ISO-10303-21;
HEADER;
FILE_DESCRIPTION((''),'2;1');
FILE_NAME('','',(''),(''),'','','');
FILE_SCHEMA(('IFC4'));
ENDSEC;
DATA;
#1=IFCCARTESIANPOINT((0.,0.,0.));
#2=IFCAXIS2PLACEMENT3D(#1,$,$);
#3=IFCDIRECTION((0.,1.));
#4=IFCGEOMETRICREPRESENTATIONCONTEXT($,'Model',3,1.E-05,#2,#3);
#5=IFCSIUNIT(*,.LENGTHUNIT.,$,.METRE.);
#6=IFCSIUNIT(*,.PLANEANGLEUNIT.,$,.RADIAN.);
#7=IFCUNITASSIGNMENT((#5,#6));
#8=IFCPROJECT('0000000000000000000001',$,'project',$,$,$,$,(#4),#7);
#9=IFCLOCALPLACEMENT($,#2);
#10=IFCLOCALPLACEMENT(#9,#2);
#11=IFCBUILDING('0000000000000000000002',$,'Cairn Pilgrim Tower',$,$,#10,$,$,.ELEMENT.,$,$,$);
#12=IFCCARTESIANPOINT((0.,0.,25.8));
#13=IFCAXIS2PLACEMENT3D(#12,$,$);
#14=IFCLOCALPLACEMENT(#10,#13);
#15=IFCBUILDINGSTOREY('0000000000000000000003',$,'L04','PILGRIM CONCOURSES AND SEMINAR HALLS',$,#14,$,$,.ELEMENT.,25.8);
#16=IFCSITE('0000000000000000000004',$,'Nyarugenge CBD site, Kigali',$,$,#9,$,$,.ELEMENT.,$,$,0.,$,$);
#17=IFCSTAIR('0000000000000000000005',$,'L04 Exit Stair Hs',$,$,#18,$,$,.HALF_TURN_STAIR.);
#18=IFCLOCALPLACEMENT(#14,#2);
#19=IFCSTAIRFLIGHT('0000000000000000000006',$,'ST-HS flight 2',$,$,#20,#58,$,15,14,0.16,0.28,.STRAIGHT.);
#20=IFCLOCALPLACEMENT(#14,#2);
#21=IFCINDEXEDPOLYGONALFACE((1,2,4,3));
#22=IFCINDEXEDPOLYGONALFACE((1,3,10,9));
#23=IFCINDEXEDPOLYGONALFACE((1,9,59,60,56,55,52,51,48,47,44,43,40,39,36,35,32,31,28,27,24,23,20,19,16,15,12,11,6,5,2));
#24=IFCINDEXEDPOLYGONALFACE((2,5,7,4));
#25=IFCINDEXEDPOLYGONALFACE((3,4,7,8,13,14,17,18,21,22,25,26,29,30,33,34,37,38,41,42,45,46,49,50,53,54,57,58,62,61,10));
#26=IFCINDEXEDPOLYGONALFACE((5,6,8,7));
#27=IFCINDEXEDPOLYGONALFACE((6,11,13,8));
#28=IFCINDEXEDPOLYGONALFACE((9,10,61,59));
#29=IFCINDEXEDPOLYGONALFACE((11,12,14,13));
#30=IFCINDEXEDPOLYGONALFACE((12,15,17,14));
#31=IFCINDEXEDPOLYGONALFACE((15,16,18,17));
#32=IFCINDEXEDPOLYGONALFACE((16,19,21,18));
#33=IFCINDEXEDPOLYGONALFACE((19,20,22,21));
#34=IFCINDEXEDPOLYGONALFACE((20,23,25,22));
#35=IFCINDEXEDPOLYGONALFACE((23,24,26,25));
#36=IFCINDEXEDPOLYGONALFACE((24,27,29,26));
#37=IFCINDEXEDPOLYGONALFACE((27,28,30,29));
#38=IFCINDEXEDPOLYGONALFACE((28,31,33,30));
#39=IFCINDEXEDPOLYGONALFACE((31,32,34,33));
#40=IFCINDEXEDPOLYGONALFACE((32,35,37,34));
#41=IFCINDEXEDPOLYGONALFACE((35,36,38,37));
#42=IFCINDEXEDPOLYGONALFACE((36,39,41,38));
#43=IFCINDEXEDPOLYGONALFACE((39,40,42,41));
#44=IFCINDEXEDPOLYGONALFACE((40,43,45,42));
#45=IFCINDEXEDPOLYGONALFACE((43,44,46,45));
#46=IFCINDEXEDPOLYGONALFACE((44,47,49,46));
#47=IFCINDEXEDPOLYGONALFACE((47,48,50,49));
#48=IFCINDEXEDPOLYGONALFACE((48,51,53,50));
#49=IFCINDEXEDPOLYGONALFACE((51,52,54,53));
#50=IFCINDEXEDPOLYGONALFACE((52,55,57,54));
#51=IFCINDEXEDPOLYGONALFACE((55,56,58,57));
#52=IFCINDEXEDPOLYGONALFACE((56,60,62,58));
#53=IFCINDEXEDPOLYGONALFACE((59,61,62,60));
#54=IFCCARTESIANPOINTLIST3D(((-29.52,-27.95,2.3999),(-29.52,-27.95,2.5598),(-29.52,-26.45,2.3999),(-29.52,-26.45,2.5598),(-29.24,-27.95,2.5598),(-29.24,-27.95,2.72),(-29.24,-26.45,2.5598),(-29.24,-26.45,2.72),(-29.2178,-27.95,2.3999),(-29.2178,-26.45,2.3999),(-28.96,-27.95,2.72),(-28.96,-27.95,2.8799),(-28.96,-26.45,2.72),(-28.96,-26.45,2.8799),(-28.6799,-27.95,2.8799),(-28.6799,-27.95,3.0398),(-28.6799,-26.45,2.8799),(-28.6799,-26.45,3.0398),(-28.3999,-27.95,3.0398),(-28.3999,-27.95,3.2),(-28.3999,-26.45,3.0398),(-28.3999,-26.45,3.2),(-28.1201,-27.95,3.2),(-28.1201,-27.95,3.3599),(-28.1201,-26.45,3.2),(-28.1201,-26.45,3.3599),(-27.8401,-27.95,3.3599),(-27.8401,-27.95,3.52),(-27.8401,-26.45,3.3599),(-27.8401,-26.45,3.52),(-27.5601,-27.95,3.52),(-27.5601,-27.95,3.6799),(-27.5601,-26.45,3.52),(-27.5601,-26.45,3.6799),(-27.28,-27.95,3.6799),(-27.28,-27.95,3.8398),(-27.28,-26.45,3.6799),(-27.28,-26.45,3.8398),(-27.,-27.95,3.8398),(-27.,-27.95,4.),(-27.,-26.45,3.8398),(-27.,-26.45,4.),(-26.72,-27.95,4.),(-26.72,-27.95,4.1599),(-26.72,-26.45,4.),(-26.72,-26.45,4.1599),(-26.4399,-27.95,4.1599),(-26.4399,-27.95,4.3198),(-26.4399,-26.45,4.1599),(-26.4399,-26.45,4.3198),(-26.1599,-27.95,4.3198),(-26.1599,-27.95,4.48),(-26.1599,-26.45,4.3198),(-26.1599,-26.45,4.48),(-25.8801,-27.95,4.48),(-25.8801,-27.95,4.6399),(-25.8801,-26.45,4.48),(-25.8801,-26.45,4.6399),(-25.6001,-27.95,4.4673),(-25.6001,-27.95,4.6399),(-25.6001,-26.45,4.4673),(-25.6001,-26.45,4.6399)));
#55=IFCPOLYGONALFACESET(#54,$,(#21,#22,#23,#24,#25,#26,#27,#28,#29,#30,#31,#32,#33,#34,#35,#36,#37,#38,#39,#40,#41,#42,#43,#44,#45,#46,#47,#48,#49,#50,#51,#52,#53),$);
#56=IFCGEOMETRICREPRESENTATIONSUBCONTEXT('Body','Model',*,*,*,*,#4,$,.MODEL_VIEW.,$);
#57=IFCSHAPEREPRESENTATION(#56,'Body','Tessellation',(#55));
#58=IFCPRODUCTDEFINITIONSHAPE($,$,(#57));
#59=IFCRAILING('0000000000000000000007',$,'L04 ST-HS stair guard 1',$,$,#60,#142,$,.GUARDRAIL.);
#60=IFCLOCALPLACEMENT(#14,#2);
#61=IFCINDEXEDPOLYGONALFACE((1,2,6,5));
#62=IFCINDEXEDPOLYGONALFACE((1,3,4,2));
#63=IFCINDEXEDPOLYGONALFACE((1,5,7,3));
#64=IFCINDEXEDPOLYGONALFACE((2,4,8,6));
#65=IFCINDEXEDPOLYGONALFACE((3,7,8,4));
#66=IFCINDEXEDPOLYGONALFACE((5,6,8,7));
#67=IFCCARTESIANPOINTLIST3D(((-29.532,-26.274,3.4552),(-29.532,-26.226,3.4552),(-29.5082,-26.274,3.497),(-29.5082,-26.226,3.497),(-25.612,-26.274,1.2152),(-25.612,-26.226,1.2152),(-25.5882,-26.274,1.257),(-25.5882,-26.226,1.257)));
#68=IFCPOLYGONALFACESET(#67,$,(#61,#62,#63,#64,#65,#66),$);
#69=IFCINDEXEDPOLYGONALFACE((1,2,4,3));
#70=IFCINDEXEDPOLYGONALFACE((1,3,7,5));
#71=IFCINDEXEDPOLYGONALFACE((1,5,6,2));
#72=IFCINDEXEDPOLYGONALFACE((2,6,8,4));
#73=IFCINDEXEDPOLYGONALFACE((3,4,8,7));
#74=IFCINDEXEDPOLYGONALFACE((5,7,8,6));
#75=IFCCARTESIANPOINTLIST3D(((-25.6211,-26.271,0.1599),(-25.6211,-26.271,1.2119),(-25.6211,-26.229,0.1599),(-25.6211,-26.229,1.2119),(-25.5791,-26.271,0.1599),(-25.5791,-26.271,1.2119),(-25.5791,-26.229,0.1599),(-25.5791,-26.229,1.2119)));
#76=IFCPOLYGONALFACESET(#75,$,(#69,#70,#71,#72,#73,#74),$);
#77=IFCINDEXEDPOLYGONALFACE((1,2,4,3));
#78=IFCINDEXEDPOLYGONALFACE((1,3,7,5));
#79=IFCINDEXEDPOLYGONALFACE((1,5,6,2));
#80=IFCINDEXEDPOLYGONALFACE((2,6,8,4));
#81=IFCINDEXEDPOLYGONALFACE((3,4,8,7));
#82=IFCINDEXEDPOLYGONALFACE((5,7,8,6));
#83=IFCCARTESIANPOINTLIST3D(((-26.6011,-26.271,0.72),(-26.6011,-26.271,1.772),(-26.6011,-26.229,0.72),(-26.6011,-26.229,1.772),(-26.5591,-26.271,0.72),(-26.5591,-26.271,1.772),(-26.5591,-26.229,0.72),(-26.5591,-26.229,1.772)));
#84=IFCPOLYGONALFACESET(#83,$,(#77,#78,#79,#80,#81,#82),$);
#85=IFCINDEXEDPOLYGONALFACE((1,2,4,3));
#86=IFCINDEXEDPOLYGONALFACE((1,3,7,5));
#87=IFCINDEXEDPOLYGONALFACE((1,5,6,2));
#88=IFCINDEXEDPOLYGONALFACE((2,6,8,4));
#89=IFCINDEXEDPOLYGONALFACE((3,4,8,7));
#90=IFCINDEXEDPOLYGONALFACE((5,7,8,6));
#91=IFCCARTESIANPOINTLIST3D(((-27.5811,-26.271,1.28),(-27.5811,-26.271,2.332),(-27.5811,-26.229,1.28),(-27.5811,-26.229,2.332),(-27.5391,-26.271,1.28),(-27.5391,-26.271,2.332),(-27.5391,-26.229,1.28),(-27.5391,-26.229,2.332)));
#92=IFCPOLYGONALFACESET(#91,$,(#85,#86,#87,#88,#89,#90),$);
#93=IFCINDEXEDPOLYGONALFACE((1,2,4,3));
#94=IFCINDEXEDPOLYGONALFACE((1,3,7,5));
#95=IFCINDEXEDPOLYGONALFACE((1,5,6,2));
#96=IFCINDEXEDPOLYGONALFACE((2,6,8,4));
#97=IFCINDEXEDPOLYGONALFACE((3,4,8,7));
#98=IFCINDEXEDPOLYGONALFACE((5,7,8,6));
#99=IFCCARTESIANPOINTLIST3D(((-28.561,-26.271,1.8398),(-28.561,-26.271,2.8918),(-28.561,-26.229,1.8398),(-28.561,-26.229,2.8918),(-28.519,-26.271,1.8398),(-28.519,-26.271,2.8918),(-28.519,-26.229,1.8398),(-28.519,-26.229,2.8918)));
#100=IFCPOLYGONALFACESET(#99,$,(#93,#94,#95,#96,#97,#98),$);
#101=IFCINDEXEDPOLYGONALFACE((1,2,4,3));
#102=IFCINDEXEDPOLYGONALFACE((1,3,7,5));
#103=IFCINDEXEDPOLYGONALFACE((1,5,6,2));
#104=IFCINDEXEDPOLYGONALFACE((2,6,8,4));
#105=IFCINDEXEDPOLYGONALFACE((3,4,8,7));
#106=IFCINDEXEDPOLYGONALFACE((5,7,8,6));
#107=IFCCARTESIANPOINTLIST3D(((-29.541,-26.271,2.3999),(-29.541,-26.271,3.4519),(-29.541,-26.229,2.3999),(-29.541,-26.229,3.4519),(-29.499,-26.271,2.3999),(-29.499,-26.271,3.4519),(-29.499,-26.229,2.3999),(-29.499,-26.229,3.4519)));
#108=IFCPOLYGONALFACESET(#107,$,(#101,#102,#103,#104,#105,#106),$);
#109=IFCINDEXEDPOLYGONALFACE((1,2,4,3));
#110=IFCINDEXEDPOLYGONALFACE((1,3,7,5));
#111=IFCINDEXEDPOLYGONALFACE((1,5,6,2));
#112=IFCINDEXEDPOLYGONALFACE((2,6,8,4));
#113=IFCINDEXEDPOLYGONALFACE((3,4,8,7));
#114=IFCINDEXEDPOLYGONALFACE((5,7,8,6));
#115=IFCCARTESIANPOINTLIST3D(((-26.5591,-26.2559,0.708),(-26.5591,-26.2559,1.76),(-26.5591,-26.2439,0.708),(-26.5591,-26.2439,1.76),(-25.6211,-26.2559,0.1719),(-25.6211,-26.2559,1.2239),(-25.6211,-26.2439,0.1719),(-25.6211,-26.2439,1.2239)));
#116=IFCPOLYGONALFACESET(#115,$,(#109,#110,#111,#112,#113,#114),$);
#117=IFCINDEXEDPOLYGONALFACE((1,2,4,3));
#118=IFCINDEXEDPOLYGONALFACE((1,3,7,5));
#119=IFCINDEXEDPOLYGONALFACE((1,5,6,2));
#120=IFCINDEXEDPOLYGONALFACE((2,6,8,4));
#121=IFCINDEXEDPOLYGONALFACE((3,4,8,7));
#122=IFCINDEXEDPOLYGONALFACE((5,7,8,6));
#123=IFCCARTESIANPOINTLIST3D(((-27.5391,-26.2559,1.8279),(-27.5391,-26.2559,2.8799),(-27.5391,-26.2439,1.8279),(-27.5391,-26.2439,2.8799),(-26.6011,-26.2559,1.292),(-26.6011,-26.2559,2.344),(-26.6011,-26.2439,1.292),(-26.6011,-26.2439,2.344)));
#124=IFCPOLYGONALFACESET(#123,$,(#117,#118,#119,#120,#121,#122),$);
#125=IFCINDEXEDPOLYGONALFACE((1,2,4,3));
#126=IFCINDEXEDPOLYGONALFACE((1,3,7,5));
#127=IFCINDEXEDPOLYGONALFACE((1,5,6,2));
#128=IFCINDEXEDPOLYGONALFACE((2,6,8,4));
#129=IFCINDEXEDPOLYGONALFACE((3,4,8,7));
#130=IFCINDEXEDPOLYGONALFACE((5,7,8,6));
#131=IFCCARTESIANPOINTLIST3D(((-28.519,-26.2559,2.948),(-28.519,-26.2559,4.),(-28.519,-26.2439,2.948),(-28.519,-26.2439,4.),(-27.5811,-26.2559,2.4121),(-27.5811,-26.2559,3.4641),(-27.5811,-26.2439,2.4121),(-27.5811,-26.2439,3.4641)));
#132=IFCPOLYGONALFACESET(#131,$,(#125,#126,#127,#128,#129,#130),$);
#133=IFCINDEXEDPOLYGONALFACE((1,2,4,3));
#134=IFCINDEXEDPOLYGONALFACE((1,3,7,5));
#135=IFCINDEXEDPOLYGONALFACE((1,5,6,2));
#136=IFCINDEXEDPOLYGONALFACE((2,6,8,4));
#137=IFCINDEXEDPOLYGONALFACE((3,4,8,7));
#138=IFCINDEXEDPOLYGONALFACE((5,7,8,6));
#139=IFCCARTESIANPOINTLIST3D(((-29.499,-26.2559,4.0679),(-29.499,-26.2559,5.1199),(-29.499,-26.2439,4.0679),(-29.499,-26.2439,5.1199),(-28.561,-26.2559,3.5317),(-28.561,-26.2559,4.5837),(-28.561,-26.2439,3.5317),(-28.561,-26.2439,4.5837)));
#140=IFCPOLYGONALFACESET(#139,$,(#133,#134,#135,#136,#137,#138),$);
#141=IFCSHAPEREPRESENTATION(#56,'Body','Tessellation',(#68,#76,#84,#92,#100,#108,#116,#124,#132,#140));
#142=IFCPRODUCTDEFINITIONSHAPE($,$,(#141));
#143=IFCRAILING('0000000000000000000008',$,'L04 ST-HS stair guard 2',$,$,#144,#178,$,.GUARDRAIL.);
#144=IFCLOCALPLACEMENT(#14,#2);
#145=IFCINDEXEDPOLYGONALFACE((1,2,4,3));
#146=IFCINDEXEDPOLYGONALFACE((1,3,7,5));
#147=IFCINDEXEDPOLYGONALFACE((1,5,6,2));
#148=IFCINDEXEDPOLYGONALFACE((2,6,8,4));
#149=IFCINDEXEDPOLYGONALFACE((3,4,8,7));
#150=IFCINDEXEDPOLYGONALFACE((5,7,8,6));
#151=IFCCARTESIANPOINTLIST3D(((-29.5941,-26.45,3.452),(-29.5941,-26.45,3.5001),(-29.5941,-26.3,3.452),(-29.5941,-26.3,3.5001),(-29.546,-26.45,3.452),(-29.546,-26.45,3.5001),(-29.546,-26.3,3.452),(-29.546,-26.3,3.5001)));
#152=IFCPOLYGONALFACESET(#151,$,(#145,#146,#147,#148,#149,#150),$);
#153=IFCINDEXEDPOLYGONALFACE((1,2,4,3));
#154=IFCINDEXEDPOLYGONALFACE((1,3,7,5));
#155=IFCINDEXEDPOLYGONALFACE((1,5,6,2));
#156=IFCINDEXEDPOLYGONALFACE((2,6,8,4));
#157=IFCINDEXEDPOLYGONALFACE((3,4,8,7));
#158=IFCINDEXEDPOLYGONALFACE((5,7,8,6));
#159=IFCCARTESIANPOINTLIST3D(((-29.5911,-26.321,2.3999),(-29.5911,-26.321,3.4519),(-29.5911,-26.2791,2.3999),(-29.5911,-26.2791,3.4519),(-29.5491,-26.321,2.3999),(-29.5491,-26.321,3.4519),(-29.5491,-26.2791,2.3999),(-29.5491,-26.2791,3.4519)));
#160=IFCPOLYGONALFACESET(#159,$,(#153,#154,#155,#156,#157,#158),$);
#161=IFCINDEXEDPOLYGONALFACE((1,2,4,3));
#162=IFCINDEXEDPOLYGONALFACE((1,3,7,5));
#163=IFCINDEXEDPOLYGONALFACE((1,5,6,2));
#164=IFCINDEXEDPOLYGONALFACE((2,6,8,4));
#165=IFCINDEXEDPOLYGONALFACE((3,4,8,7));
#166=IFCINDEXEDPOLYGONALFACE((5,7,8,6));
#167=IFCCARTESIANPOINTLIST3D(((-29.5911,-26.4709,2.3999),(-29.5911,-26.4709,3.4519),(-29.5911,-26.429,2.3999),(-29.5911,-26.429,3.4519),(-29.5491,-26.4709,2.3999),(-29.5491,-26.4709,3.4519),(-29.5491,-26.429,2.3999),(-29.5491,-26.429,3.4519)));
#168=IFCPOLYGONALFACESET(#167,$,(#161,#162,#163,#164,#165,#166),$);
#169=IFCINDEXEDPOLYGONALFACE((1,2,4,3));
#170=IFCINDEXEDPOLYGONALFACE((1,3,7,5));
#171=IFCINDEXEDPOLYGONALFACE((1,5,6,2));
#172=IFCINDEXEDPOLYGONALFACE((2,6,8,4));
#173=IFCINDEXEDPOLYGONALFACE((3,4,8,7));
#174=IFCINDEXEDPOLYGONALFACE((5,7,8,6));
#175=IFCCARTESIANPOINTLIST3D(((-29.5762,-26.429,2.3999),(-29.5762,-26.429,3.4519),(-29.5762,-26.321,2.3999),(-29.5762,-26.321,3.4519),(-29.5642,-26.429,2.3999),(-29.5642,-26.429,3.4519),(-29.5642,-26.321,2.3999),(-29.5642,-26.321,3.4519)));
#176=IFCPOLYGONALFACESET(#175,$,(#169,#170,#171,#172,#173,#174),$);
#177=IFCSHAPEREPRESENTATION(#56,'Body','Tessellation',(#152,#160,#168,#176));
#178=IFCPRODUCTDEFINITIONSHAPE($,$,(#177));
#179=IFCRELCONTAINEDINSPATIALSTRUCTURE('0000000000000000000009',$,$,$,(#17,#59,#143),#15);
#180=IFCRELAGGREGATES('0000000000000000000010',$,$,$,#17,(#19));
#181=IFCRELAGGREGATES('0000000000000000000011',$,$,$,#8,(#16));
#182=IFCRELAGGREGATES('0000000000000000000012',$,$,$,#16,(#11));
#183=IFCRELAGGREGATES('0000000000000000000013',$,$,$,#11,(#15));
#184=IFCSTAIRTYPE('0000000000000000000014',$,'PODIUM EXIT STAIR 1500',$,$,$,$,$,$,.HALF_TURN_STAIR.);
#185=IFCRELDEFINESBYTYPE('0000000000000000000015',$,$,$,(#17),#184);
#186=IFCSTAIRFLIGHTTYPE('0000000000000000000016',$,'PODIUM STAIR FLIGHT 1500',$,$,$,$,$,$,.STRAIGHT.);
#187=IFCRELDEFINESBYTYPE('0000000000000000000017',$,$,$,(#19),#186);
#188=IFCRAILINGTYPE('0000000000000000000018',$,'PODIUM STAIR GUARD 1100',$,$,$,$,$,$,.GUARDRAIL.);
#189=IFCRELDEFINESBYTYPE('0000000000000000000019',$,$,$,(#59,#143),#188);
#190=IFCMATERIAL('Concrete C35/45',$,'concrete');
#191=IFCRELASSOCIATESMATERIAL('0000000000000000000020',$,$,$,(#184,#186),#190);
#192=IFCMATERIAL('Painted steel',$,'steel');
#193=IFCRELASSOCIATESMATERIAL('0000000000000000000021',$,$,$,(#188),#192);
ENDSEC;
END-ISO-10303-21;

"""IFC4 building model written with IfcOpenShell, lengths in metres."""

from ifc_helpers import new_model, si_unit, direction, frame, origin, origin_2d, place, context, subcontext, project, spatial, polyline, rectangle, outline, extrude, material, type_object, element, aggregate, save


model = new_model("IFC4")

# Units and contexts
model_context = context("Model", 3, precision=1e-05, world=origin(), true_north=direction((0.0, 1.0)))
body_context = subcontext(model_context, "Body", "Model", "MODEL_VIEW")
ifc_project = project(units=[si_unit("LENGTHUNIT", "METRE"), si_unit("PLANEANGLEUNIT", "RADIAN")], contexts=[model_context])

# Site, building, storey
site_placement = place(None, origin())
site = spatial("IfcSite", under=ifc_project, at=site_placement, Name="Nyarugenge CBD site, Kigali", CompositionType="ELEMENT", RefElevation=0.0)
building_placement = place(site_placement, origin())
building = spatial("IfcBuilding", under=site, at=building_placement, Name="Cairn Pilgrim Tower", CompositionType="ELEMENT")
storey_placement = place(building_placement, frame((0.0, 0.0, 25.8)))
storey = spatial("IfcBuildingStorey", under=building, at=storey_placement, Name="L04", Description="PILGRIM CONCOURSES AND SEMINAR HALLS", CompositionType="ELEMENT", Elevation=25.8)

# Shared definitions
ifc_material_1 = material(Name="Concrete C35/45", Category="concrete")

# Stair, stair flight
stair_type = type_object("IfcStairType", Name="PODIUM EXIT STAIR 1500", PredefinedType="HALF_TURN_STAIR", material=ifc_material_1)
stair_placement = place(storey_placement, origin())
stair = element("IfcStair", 1, at=stair_placement, inside=storey, type_object=stair_type, Name="L04 Exit Stair Hs", PredefinedType="HALF_TURN_STAIR")
stair_flight_type = type_object("IfcStairFlightType", Name="PODIUM STAIR FLIGHT 1500", PredefinedType="STRAIGHT", material=ifc_material_1)
stair_flight_1_placement = place(storey_placement, frame((-29.52, -27.2, 2.3999), z_axis=(0.0, 0.0, 1.0), x_axis=(1.0, 0.0, 0.0)))
stair_flight_1 = element("IfcStairFlight", 2, at=stair_flight_1_placement, type_object=stair_flight_type, Name="ST-HS flight 2", NumberOfRisers=15, NumberOfTreads=14, PredefinedType="STRAIGHT", RiserHeight=0.16, TreadLength=0.28, context=body_context, shape_type="SweptSolid", body=[
    extrude(outline(polyline([(0.0, 0.0), (0.0, 0.1599), (0.28, 0.1599), (0.28, 0.3201), (0.5601, 0.3201), (0.5601, 0.48), (0.8401, 0.48), (0.8401, 0.6399), (1.1201, 0.6399), (1.1201, 0.8), (1.3999, 0.8), (1.3999, 0.96), (1.6799, 0.96), (1.6799, 1.1201), (1.96, 1.1201), (1.96, 1.28), (2.24, 1.28), (2.24, 1.4399), (2.52, 1.4399), (2.52, 1.6001), (2.8, 1.6001), (2.8, 1.76), (3.0801, 1.76), (3.0801, 1.9199), (3.3601, 1.9199), (3.3601, 2.0801), (3.6399, 2.0801), (3.6399, 2.24), (3.9199, 2.24), (3.9199, 2.3999), (3.9199, 2.0674), (0.3022, 0.0), (0.0, 0.0)])), frame((0.0, 0.75, 0.0), z_axis=(0.0, -1.0, 0.0), x_axis=(1.0, 0.0, 0.0)), (0.0, 0.0, 1.0), 1.5),
])
aggregate(stair, [stair_flight_1])

# Railings
ifc_material_2 = material(Name="Painted steel", Category="steel")
railing_type_1 = type_object("IfcRailingType", Name="PODIUM STAIR GUARD 1100", PredefinedType="GUARDRAIL", material=ifc_material_2)
railing_1_placement = place(storey_placement, frame((-25.6001, -26.25, 0.1599)))
element("IfcRailing", 3, at=railing_1_placement, inside=storey, type_object=railing_type_1, Name="L04 ST-HS stair guard 1", PredefinedType="GUARDRAIL", context=body_context, shape_type="SweptSolid", body=[
    extrude(rectangle(XDim=0.0481, YDim=0.0481, at=origin_2d()), frame((0.0, 0.0, 1.0762), z_axis=(-0.86824, 0.0, 0.496145), x_axis=(0.0, -1.0, 0.0)), (0.0, 0.0, 1.0), 4.5149),
    extrude(rectangle(XDim=0.042, YDim=0.042, at=origin_2d()), origin(), (0.0, 0.0, 1.0), 1.052),
    extrude(rectangle(XDim=0.042, YDim=0.042, at=origin_2d()), frame((-0.98, 0.0, 0.5601)), (0.0, 0.0, 1.0), 1.052),
    extrude(rectangle(XDim=0.042, YDim=0.042, at=origin_2d()), frame((-1.96, 0.0, 1.1201)), (0.0, 0.0, 1.0), 1.052),
    extrude(rectangle(XDim=0.042, YDim=0.042, at=origin_2d()), frame((-2.9399, 0.0, 1.6799)), (0.0, 0.0, 1.0), 1.052),
    extrude(rectangle(XDim=0.042, YDim=0.042, at=origin_2d()), frame((-3.9199, 0.0, 2.24)), (0.0, 0.0, 1.0), 1.052),
    extrude(outline(polyline([(0.021, 0.012), (0.959, 0.5481), (0.959, 1.6001), (0.021, 1.064), (0.021, 0.012)])), frame((0.0, -0.0059, 0.0), z_axis=(0.0, 1.0, 0.0), x_axis=(-1.0, 0.0, 0.0)), (0.0, 0.0, 1.0), 0.012),
    extrude(outline(polyline([(0.021, 0.572), (0.959, 1.1079), (0.959, 2.1599), (0.021, 1.624), (0.021, 0.572)])), frame((-0.98, -0.0059, 0.5601), z_axis=(0.0, 1.0, 0.0), x_axis=(-1.0, 0.0, 0.0)), (0.0, 0.0, 1.0), 0.012),
    extrude(outline(polyline([(0.021, 1.1321), (0.959, 1.668), (0.959, 2.72), (0.021, 2.1841), (0.021, 1.1321)])), frame((-1.96, -0.0059, 1.1201), z_axis=(0.0, 1.0, 0.0), x_axis=(-1.0, 0.0, 0.0)), (0.0, 0.0, 1.0), 0.012),
    extrude(outline(polyline([(0.021, 1.6919), (0.959, 2.228), (0.959, 3.28), (0.021, 2.7439), (0.021, 1.6919)])), frame((-2.9399, -0.0059, 1.6799), z_axis=(0.0, 1.0, 0.0), x_axis=(-1.0, 0.0, 0.0)), (0.0, 0.0, 1.0), 0.012),
])
railing_2_placement = place(storey_placement, frame((-29.5701, -26.3, 2.3999)))
element("IfcRailing", 4, at=railing_2_placement, inside=storey, type_object=railing_type_1, Name="L04 ST-HS stair guard 2", PredefinedType="GUARDRAIL", context=body_context, shape_type="SweptSolid", body=[
    extrude(rectangle(XDim=0.0481, YDim=0.0481, at=origin_2d()), frame((0.0, 0.0, 1.0762), z_axis=(0.0, -1.0, 0.0), x_axis=(1.0, 0.0, 0.0)), (0.0, 0.0, 1.0), 0.1499),
    extrude(rectangle(XDim=0.042, YDim=0.042, at=origin_2d()), origin(), (0.0, 0.0, 1.0), 1.052),
    extrude(rectangle(XDim=0.042, YDim=0.042, at=origin_2d()), frame((0.0, -0.1499, 0.0)), (0.0, 0.0, 1.0), 1.052),
    extrude(outline(polyline([(0.021, 0.0), (0.1289, 0.0), (0.1289, 1.052), (0.021, 1.052), (0.021, 0.0)])), frame((0.0059, 0.0, 0.0), z_axis=(-1.0, 0.0, 0.0), x_axis=(0.0, -1.0, 0.0)), (0.0, 0.0, 1.0), 0.012),
])

save(model, "model.ifc")
